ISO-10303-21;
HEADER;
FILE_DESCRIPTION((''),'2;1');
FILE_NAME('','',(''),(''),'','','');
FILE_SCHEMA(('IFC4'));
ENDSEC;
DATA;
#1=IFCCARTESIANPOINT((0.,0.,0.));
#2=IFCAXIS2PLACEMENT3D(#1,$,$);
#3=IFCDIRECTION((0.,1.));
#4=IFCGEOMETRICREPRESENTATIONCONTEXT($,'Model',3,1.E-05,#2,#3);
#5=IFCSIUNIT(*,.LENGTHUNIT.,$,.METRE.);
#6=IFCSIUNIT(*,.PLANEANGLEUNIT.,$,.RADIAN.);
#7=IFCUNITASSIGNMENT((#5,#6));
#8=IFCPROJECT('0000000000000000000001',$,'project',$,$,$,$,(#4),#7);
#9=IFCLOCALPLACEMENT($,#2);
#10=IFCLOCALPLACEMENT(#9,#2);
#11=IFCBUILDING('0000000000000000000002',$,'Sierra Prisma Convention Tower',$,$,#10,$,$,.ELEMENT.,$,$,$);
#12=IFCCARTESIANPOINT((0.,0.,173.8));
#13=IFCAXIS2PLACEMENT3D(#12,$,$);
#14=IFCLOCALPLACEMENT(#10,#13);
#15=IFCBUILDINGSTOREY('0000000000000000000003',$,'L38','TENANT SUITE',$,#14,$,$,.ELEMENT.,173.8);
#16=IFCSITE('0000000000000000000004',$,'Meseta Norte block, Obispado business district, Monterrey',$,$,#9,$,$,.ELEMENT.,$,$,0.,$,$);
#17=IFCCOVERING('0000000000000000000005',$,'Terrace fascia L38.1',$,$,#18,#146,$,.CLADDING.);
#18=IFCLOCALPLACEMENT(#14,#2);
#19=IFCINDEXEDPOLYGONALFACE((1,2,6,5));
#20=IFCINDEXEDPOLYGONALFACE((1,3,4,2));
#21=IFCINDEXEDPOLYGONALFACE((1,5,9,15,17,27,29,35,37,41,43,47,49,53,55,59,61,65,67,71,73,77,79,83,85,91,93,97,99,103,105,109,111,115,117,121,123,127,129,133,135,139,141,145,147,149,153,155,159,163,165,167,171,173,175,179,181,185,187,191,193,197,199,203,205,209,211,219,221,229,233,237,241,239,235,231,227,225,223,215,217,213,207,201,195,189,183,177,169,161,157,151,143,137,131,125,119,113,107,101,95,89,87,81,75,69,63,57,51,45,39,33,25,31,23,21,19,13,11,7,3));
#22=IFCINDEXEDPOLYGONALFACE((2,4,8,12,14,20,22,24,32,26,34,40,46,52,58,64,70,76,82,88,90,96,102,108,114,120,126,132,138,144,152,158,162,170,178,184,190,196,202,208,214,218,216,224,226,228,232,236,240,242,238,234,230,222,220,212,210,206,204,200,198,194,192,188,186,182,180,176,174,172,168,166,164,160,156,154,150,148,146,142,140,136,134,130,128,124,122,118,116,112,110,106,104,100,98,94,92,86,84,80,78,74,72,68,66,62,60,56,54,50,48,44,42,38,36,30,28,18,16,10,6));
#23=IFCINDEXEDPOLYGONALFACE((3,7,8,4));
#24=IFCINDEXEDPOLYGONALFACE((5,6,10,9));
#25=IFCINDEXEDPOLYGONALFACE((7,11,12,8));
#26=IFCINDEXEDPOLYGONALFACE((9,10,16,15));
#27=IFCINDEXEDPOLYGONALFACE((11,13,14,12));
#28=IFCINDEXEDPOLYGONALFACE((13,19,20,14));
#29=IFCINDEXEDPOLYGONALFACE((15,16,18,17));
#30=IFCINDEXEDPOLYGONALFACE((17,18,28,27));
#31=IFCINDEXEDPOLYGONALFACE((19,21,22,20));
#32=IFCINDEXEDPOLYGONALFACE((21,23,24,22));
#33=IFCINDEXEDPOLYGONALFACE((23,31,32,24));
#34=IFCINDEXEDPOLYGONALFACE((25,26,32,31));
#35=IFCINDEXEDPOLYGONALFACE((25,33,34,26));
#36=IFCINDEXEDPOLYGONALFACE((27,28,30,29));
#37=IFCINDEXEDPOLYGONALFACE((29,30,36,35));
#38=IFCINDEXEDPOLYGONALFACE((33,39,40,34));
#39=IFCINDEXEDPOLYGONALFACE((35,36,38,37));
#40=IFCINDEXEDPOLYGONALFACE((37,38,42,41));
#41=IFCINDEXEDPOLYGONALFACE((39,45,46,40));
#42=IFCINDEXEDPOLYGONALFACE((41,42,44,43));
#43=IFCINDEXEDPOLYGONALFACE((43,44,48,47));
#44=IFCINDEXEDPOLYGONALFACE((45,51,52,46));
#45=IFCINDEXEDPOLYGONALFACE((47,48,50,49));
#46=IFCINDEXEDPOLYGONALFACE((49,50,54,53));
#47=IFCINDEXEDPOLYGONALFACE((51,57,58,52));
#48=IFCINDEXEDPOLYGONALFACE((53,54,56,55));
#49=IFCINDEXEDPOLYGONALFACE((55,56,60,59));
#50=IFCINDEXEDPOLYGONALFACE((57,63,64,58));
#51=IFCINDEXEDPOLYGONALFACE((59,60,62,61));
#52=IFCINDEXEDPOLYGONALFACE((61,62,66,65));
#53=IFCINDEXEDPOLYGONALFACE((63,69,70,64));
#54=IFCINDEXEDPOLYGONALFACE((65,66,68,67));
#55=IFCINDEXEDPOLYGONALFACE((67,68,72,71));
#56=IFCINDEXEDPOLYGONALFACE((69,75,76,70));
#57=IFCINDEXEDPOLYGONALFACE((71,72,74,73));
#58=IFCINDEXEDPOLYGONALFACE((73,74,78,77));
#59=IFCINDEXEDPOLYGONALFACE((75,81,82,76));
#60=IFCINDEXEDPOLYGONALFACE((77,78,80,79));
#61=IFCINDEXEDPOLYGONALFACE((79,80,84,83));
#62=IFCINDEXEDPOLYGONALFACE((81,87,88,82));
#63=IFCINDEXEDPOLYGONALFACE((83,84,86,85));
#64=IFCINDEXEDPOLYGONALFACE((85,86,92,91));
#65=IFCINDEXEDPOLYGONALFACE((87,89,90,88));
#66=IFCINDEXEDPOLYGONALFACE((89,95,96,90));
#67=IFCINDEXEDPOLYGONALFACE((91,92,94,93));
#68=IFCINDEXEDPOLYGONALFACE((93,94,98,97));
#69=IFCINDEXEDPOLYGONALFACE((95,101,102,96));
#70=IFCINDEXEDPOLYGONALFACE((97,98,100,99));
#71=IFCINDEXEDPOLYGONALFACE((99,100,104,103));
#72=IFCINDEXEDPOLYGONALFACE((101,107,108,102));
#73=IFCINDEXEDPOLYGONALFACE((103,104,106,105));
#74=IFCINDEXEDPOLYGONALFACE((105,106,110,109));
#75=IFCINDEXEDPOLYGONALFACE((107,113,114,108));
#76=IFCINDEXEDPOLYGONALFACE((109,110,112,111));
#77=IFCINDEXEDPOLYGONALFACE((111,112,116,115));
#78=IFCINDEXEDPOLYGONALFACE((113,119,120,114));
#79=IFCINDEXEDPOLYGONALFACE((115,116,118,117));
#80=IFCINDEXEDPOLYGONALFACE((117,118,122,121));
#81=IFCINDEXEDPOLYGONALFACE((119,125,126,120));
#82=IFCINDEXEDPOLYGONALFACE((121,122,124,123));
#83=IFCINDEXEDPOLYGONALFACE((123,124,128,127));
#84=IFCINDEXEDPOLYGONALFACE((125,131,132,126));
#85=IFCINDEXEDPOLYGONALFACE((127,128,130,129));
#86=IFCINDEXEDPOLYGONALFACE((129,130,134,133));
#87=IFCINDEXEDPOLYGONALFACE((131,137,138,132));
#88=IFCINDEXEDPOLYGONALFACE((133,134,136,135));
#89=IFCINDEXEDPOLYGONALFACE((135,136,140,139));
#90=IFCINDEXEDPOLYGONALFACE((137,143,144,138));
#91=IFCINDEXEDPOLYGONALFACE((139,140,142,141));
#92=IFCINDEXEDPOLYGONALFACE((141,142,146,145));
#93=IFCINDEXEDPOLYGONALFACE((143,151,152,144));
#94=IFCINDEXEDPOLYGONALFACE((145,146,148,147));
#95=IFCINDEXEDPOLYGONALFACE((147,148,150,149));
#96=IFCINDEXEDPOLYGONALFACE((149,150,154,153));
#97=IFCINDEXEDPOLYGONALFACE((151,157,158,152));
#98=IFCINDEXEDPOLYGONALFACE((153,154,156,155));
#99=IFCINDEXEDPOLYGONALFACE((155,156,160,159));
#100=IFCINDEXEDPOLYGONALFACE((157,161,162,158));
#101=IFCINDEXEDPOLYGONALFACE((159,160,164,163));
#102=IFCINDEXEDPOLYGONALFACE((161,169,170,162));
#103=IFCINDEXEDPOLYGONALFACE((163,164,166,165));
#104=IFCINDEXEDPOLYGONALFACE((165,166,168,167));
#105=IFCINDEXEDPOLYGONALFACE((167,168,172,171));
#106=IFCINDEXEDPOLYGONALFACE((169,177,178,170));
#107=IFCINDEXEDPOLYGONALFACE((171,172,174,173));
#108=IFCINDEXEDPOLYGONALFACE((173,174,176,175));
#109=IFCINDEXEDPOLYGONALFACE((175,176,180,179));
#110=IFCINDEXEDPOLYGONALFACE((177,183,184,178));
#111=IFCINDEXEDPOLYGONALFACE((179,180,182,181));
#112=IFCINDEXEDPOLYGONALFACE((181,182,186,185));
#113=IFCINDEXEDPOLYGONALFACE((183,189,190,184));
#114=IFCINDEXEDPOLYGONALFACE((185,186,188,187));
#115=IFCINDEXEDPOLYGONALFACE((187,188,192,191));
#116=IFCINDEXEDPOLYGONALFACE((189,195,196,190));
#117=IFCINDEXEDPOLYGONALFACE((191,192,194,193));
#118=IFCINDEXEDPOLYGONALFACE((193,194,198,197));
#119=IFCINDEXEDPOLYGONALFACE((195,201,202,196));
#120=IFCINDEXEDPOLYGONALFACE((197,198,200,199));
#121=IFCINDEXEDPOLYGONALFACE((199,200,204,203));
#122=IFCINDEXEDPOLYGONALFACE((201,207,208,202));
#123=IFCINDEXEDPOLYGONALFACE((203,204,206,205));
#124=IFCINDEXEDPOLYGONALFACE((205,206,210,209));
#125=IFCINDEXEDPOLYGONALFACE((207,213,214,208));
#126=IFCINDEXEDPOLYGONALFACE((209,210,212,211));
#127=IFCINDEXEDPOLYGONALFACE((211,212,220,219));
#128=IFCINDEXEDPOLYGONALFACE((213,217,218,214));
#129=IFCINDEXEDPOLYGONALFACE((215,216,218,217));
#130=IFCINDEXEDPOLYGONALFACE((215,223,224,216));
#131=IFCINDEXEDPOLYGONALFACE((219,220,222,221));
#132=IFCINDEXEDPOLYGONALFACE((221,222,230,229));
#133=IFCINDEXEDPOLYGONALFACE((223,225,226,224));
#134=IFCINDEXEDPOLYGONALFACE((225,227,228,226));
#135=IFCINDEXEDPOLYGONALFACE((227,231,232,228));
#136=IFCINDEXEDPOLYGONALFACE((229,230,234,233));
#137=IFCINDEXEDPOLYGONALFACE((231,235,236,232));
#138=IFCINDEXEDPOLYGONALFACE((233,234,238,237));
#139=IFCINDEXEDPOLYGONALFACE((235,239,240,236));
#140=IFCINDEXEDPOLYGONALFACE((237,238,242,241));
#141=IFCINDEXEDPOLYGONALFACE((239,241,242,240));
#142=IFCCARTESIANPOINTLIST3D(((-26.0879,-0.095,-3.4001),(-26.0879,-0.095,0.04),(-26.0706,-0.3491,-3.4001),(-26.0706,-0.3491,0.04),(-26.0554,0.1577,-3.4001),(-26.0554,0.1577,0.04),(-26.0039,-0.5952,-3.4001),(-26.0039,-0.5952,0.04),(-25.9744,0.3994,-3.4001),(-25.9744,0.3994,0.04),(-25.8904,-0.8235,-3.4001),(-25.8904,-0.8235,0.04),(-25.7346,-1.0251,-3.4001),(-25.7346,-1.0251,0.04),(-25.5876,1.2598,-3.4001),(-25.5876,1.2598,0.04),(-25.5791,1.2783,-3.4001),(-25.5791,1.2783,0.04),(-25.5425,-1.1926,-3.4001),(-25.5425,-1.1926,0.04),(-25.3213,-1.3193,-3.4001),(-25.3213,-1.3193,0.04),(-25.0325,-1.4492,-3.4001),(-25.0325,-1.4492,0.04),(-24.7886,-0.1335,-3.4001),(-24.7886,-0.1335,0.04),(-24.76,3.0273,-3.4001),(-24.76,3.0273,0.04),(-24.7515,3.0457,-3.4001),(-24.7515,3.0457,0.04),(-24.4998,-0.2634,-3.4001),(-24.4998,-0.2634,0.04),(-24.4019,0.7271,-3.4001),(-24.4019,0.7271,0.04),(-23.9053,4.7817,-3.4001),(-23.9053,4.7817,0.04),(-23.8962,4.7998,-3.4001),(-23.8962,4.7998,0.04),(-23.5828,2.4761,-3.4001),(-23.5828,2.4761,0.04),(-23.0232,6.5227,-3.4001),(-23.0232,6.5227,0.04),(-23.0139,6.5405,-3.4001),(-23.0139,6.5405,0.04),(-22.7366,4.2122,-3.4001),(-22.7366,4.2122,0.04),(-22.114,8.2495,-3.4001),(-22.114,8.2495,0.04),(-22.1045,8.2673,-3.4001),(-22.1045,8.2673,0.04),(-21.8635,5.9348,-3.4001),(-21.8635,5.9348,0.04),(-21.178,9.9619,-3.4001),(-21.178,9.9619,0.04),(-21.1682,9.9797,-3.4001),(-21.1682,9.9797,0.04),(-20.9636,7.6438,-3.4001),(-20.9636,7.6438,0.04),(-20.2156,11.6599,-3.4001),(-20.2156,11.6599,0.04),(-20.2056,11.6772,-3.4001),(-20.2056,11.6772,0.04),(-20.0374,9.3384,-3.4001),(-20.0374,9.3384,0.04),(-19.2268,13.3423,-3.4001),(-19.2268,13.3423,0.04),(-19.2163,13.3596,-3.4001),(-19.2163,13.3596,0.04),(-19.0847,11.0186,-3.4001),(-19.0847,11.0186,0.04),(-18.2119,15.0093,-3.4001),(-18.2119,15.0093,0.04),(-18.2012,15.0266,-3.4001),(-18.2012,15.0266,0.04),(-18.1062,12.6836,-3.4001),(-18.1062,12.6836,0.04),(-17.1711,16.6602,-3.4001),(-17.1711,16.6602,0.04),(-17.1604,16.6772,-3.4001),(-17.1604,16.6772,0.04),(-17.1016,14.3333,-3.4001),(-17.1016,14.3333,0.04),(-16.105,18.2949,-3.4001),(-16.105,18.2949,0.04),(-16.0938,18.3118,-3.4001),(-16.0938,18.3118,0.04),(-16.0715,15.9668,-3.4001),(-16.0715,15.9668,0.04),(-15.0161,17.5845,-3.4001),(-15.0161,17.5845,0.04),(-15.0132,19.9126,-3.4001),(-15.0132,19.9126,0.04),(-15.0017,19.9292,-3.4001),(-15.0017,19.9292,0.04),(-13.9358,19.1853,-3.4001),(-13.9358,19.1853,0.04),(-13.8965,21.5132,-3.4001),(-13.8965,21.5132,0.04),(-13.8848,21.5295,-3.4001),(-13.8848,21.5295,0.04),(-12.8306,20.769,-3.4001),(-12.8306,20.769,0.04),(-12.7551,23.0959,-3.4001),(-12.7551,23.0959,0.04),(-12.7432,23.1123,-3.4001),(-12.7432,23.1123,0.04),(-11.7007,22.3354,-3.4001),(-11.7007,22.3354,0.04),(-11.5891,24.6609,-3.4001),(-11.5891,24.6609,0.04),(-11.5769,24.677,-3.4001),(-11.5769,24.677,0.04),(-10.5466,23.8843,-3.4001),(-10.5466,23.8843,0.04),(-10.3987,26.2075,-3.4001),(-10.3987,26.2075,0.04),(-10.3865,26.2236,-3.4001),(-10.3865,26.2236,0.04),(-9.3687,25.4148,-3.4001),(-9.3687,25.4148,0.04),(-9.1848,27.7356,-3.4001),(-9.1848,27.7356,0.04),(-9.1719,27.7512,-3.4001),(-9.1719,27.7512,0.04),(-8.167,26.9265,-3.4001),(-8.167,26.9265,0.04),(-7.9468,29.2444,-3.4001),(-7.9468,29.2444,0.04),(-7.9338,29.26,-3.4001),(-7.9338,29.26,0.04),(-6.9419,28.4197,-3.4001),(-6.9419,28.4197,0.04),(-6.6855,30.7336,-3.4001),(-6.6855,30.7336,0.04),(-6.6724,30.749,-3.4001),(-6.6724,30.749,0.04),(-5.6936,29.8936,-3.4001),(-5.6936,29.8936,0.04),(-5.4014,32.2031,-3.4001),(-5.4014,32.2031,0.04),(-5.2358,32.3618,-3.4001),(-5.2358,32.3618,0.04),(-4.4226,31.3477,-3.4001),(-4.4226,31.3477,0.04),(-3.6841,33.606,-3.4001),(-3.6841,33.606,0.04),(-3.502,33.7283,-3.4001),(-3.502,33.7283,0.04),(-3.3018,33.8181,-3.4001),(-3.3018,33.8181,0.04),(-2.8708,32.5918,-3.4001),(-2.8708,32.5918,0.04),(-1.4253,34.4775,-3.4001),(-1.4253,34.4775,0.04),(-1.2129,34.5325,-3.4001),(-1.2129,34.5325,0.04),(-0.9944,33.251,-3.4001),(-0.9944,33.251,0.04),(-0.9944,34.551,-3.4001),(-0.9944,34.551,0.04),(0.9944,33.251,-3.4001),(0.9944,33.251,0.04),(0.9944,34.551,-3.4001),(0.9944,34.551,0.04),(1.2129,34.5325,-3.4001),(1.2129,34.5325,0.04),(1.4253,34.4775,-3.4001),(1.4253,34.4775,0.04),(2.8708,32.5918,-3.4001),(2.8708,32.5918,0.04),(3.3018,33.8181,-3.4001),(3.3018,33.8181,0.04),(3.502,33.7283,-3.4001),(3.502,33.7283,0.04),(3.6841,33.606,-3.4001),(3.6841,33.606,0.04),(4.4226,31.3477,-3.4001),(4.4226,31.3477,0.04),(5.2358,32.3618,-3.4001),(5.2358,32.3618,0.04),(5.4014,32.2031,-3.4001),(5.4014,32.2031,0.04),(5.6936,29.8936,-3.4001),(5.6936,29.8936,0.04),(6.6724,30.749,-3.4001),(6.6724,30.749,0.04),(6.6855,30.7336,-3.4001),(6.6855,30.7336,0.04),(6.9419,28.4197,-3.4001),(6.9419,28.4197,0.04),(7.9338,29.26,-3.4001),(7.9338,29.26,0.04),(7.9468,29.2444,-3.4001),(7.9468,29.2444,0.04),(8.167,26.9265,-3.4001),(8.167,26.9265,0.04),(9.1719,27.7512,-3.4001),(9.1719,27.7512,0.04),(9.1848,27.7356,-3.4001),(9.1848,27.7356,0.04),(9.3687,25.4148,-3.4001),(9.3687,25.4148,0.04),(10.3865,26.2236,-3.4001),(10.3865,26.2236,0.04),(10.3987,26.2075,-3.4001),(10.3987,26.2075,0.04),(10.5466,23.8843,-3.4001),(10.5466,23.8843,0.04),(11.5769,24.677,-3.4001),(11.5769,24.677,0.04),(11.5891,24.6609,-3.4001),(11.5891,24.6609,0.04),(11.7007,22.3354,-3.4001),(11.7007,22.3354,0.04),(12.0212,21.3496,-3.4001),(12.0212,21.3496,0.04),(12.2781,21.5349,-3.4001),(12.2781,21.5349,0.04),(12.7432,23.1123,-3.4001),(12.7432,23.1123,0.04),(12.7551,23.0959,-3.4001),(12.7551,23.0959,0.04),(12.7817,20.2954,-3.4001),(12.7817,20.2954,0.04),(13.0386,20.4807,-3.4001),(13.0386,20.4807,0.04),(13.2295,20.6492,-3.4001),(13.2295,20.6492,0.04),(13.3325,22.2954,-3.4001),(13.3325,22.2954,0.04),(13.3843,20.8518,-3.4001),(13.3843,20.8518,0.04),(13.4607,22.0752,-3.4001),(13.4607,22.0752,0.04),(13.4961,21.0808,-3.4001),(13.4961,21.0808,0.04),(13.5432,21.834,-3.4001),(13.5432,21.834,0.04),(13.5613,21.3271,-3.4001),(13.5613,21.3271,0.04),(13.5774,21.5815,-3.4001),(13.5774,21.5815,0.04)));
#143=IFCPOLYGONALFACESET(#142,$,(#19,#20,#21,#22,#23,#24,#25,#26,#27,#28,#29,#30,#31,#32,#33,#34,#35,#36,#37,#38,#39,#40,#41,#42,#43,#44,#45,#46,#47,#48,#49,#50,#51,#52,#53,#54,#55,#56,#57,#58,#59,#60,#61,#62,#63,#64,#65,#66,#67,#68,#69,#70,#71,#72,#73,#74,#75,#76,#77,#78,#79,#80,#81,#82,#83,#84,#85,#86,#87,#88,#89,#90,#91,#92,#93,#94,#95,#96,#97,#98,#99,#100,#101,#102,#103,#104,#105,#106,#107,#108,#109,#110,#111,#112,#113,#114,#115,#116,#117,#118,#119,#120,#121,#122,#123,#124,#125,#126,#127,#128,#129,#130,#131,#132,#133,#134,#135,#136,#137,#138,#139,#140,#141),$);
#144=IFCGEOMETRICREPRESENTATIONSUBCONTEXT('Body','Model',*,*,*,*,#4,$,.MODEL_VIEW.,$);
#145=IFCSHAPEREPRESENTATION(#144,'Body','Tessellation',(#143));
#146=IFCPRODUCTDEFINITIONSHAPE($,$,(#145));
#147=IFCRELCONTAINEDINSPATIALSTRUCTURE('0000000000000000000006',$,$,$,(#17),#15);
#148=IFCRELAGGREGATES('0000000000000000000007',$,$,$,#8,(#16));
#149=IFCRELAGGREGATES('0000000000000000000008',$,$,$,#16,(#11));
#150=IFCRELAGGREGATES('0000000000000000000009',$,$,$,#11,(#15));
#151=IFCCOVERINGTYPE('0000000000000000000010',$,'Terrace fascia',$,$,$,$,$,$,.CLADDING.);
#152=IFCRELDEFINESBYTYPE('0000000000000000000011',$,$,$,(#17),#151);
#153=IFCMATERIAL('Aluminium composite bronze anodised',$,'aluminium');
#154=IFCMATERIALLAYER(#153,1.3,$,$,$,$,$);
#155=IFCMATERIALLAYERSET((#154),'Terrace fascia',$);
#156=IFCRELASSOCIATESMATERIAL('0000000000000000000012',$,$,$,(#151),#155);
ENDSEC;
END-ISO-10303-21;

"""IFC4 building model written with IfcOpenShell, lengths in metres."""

from ifc_helpers import new_model, si_unit, direction, frame, origin, place, context, subcontext, project, spatial, polyline, outline, extrude, material, layer, layer_set, type_object, element, save


model = new_model("IFC4")

# Units and contexts
model_context = context("Model", 3, precision=1e-05, world=origin(), true_north=direction((0.0, 1.0)))
body_context = subcontext(model_context, "Body", "Model", "MODEL_VIEW")
ifc_project = project(units=[si_unit("LENGTHUNIT", "METRE"), si_unit("PLANEANGLEUNIT", "RADIAN")], contexts=[model_context])

# Site, building, storey
site_placement = place(None, origin())
site = spatial("IfcSite", under=ifc_project, at=site_placement, Name="Meseta Norte block, Obispado business district, Monterrey", CompositionType="ELEMENT", RefElevation=0.0)
building_placement = place(site_placement, origin())
building = spatial("IfcBuilding", under=site, at=building_placement, Name="Sierra Prisma Convention Tower", CompositionType="ELEMENT")
storey_placement = place(building_placement, frame((0.0, 0.0, 173.8)))
storey = spatial("IfcBuildingStorey", under=building, at=storey_placement, Name="L38", Description="TENANT SUITE", CompositionType="ELEMENT", Elevation=173.8)

# Covering
ifc_material_1 = material(Name="Aluminium composite bronze anodised", Category="aluminium")
ifc_layer_1 = layer(ifc_material_1, 1.3)
ifc_layer_set_1 = layer_set([ifc_layer_1], Name="Terrace fascia")
covering_type_1 = type_object("IfcCoveringType", Name="Terrace fascia", PredefinedType="CLADDING", material=ifc_layer_set_1)
covering_1_placement = place(storey_placement, frame((0.0, 0.0, -3.4001)))
element("IfcCovering", 1, at=covering_1_placement, inside=storey, type_object=covering_type_1, Name="Terrace fascia L38.1", PredefinedType="CLADDING", context=body_context, shape_type="SweptSolid", body=[
    extrude(outline(polyline([(-25.3213, -1.3193), (-25.5425, -1.1926), (-25.7346, -1.0251), (-25.8904, -0.8235), (-26.0039, -0.5952), (-26.0706, -0.3491), (-26.0879, -0.095), (-26.0554, 0.1577), (-25.9744, 0.3994), (-25.5876, 1.2598), (-25.5791, 1.2783), (-24.76, 3.0273), (-24.7515, 3.0457), (-23.9053, 4.7817), (-23.8962, 4.7998), (-23.0232, 6.5227), (-23.0139, 6.5405), (-22.114, 8.2495), (-22.1045, 8.2673), (-21.178, 9.9619), (-21.1682, 9.9797), (-20.2156, 11.6599), (-20.2056, 11.6772), (-19.2268, 13.3423), (-19.2163, 13.3596), (-18.2119, 15.0093), (-18.2012, 15.0266), (-17.1711, 16.6602), (-17.1604, 16.6772), (-16.105, 18.2949), (-16.0938, 18.3118), (-15.0132, 19.9126), (-15.0017, 19.9292), (-13.8965, 21.5132), (-13.8848, 21.5295), (-12.7551, 23.0959), (-12.7432, 23.1123), (-11.5891, 24.6609), (-11.5769, 24.677), (-10.3987, 26.2075), (-10.3865, 26.2236), (-9.1848, 27.7356), (-9.1719, 27.7512), (-7.9468, 29.2444), (-7.9338, 29.26), (-6.6855, 30.7336), (-6.6724, 30.749), (-5.4014, 32.2031), (-5.2358, 32.3618), (-3.6841, 33.606), (-3.502, 33.7283), (-3.3018, 33.8181), (-1.4253, 34.4775), (-1.2129, 34.5325), (-0.9944, 34.551), (0.9944, 34.551), (1.2129, 34.5325), (1.4253, 34.4775), (3.3018, 33.8181), (3.502, 33.7283), (3.6841, 33.606), (5.2358, 32.3618), (5.4014, 32.2031), (6.6724, 30.749), (6.6855, 30.7336), (7.9338, 29.26), (7.9468, 29.2444), (9.1719, 27.7512), (9.1848, 27.7356), (10.3865, 26.2236), (10.3987, 26.2075), (11.5769, 24.677), (11.5891, 24.6609), (12.7432, 23.1123), (12.7551, 23.0959), (13.3325, 22.2954), (13.4607, 22.0752), (13.5432, 21.834), (13.5774, 21.5815), (13.5613, 21.3271), (13.4961, 21.0808), (13.3843, 20.8518), (13.2295, 20.6492), (13.0386, 20.4807), (12.7817, 20.2954), (12.0212, 21.3496), (12.2781, 21.5349), (11.7007, 22.3354), (10.5466, 23.8843), (9.3687, 25.4148), (8.167, 26.9265), (6.9419, 28.4197), (5.6936, 29.8936), (4.4226, 31.3477), (2.8708, 32.5918), (0.9944, 33.251), (-0.9944, 33.251), (-2.8708, 32.5918), (-4.4226, 31.3477), (-5.6936, 29.8936), (-6.9419, 28.4197), (-8.167, 26.9265), (-9.3687, 25.4148), (-10.5466, 23.8843), (-11.7007, 22.3354), (-12.8306, 20.769), (-13.9358, 19.1853), (-15.0161, 17.5845), (-16.0715, 15.9668), (-17.1016, 14.3333), (-18.1062, 12.6836), (-19.0847, 11.0186), (-20.0374, 9.3384), (-20.9636, 7.6438), (-21.8635, 5.9348), (-22.7366, 4.2122), (-23.5828, 2.4761), (-24.4019, 0.7271), (-24.7886, -0.1335), (-24.4998, -0.2634), (-25.0325, -1.4492), (-25.3213, -1.3193)])), origin(), (0.0, 0.0, 1.0), 3.4402),
])

save(model, "model.ifc")
